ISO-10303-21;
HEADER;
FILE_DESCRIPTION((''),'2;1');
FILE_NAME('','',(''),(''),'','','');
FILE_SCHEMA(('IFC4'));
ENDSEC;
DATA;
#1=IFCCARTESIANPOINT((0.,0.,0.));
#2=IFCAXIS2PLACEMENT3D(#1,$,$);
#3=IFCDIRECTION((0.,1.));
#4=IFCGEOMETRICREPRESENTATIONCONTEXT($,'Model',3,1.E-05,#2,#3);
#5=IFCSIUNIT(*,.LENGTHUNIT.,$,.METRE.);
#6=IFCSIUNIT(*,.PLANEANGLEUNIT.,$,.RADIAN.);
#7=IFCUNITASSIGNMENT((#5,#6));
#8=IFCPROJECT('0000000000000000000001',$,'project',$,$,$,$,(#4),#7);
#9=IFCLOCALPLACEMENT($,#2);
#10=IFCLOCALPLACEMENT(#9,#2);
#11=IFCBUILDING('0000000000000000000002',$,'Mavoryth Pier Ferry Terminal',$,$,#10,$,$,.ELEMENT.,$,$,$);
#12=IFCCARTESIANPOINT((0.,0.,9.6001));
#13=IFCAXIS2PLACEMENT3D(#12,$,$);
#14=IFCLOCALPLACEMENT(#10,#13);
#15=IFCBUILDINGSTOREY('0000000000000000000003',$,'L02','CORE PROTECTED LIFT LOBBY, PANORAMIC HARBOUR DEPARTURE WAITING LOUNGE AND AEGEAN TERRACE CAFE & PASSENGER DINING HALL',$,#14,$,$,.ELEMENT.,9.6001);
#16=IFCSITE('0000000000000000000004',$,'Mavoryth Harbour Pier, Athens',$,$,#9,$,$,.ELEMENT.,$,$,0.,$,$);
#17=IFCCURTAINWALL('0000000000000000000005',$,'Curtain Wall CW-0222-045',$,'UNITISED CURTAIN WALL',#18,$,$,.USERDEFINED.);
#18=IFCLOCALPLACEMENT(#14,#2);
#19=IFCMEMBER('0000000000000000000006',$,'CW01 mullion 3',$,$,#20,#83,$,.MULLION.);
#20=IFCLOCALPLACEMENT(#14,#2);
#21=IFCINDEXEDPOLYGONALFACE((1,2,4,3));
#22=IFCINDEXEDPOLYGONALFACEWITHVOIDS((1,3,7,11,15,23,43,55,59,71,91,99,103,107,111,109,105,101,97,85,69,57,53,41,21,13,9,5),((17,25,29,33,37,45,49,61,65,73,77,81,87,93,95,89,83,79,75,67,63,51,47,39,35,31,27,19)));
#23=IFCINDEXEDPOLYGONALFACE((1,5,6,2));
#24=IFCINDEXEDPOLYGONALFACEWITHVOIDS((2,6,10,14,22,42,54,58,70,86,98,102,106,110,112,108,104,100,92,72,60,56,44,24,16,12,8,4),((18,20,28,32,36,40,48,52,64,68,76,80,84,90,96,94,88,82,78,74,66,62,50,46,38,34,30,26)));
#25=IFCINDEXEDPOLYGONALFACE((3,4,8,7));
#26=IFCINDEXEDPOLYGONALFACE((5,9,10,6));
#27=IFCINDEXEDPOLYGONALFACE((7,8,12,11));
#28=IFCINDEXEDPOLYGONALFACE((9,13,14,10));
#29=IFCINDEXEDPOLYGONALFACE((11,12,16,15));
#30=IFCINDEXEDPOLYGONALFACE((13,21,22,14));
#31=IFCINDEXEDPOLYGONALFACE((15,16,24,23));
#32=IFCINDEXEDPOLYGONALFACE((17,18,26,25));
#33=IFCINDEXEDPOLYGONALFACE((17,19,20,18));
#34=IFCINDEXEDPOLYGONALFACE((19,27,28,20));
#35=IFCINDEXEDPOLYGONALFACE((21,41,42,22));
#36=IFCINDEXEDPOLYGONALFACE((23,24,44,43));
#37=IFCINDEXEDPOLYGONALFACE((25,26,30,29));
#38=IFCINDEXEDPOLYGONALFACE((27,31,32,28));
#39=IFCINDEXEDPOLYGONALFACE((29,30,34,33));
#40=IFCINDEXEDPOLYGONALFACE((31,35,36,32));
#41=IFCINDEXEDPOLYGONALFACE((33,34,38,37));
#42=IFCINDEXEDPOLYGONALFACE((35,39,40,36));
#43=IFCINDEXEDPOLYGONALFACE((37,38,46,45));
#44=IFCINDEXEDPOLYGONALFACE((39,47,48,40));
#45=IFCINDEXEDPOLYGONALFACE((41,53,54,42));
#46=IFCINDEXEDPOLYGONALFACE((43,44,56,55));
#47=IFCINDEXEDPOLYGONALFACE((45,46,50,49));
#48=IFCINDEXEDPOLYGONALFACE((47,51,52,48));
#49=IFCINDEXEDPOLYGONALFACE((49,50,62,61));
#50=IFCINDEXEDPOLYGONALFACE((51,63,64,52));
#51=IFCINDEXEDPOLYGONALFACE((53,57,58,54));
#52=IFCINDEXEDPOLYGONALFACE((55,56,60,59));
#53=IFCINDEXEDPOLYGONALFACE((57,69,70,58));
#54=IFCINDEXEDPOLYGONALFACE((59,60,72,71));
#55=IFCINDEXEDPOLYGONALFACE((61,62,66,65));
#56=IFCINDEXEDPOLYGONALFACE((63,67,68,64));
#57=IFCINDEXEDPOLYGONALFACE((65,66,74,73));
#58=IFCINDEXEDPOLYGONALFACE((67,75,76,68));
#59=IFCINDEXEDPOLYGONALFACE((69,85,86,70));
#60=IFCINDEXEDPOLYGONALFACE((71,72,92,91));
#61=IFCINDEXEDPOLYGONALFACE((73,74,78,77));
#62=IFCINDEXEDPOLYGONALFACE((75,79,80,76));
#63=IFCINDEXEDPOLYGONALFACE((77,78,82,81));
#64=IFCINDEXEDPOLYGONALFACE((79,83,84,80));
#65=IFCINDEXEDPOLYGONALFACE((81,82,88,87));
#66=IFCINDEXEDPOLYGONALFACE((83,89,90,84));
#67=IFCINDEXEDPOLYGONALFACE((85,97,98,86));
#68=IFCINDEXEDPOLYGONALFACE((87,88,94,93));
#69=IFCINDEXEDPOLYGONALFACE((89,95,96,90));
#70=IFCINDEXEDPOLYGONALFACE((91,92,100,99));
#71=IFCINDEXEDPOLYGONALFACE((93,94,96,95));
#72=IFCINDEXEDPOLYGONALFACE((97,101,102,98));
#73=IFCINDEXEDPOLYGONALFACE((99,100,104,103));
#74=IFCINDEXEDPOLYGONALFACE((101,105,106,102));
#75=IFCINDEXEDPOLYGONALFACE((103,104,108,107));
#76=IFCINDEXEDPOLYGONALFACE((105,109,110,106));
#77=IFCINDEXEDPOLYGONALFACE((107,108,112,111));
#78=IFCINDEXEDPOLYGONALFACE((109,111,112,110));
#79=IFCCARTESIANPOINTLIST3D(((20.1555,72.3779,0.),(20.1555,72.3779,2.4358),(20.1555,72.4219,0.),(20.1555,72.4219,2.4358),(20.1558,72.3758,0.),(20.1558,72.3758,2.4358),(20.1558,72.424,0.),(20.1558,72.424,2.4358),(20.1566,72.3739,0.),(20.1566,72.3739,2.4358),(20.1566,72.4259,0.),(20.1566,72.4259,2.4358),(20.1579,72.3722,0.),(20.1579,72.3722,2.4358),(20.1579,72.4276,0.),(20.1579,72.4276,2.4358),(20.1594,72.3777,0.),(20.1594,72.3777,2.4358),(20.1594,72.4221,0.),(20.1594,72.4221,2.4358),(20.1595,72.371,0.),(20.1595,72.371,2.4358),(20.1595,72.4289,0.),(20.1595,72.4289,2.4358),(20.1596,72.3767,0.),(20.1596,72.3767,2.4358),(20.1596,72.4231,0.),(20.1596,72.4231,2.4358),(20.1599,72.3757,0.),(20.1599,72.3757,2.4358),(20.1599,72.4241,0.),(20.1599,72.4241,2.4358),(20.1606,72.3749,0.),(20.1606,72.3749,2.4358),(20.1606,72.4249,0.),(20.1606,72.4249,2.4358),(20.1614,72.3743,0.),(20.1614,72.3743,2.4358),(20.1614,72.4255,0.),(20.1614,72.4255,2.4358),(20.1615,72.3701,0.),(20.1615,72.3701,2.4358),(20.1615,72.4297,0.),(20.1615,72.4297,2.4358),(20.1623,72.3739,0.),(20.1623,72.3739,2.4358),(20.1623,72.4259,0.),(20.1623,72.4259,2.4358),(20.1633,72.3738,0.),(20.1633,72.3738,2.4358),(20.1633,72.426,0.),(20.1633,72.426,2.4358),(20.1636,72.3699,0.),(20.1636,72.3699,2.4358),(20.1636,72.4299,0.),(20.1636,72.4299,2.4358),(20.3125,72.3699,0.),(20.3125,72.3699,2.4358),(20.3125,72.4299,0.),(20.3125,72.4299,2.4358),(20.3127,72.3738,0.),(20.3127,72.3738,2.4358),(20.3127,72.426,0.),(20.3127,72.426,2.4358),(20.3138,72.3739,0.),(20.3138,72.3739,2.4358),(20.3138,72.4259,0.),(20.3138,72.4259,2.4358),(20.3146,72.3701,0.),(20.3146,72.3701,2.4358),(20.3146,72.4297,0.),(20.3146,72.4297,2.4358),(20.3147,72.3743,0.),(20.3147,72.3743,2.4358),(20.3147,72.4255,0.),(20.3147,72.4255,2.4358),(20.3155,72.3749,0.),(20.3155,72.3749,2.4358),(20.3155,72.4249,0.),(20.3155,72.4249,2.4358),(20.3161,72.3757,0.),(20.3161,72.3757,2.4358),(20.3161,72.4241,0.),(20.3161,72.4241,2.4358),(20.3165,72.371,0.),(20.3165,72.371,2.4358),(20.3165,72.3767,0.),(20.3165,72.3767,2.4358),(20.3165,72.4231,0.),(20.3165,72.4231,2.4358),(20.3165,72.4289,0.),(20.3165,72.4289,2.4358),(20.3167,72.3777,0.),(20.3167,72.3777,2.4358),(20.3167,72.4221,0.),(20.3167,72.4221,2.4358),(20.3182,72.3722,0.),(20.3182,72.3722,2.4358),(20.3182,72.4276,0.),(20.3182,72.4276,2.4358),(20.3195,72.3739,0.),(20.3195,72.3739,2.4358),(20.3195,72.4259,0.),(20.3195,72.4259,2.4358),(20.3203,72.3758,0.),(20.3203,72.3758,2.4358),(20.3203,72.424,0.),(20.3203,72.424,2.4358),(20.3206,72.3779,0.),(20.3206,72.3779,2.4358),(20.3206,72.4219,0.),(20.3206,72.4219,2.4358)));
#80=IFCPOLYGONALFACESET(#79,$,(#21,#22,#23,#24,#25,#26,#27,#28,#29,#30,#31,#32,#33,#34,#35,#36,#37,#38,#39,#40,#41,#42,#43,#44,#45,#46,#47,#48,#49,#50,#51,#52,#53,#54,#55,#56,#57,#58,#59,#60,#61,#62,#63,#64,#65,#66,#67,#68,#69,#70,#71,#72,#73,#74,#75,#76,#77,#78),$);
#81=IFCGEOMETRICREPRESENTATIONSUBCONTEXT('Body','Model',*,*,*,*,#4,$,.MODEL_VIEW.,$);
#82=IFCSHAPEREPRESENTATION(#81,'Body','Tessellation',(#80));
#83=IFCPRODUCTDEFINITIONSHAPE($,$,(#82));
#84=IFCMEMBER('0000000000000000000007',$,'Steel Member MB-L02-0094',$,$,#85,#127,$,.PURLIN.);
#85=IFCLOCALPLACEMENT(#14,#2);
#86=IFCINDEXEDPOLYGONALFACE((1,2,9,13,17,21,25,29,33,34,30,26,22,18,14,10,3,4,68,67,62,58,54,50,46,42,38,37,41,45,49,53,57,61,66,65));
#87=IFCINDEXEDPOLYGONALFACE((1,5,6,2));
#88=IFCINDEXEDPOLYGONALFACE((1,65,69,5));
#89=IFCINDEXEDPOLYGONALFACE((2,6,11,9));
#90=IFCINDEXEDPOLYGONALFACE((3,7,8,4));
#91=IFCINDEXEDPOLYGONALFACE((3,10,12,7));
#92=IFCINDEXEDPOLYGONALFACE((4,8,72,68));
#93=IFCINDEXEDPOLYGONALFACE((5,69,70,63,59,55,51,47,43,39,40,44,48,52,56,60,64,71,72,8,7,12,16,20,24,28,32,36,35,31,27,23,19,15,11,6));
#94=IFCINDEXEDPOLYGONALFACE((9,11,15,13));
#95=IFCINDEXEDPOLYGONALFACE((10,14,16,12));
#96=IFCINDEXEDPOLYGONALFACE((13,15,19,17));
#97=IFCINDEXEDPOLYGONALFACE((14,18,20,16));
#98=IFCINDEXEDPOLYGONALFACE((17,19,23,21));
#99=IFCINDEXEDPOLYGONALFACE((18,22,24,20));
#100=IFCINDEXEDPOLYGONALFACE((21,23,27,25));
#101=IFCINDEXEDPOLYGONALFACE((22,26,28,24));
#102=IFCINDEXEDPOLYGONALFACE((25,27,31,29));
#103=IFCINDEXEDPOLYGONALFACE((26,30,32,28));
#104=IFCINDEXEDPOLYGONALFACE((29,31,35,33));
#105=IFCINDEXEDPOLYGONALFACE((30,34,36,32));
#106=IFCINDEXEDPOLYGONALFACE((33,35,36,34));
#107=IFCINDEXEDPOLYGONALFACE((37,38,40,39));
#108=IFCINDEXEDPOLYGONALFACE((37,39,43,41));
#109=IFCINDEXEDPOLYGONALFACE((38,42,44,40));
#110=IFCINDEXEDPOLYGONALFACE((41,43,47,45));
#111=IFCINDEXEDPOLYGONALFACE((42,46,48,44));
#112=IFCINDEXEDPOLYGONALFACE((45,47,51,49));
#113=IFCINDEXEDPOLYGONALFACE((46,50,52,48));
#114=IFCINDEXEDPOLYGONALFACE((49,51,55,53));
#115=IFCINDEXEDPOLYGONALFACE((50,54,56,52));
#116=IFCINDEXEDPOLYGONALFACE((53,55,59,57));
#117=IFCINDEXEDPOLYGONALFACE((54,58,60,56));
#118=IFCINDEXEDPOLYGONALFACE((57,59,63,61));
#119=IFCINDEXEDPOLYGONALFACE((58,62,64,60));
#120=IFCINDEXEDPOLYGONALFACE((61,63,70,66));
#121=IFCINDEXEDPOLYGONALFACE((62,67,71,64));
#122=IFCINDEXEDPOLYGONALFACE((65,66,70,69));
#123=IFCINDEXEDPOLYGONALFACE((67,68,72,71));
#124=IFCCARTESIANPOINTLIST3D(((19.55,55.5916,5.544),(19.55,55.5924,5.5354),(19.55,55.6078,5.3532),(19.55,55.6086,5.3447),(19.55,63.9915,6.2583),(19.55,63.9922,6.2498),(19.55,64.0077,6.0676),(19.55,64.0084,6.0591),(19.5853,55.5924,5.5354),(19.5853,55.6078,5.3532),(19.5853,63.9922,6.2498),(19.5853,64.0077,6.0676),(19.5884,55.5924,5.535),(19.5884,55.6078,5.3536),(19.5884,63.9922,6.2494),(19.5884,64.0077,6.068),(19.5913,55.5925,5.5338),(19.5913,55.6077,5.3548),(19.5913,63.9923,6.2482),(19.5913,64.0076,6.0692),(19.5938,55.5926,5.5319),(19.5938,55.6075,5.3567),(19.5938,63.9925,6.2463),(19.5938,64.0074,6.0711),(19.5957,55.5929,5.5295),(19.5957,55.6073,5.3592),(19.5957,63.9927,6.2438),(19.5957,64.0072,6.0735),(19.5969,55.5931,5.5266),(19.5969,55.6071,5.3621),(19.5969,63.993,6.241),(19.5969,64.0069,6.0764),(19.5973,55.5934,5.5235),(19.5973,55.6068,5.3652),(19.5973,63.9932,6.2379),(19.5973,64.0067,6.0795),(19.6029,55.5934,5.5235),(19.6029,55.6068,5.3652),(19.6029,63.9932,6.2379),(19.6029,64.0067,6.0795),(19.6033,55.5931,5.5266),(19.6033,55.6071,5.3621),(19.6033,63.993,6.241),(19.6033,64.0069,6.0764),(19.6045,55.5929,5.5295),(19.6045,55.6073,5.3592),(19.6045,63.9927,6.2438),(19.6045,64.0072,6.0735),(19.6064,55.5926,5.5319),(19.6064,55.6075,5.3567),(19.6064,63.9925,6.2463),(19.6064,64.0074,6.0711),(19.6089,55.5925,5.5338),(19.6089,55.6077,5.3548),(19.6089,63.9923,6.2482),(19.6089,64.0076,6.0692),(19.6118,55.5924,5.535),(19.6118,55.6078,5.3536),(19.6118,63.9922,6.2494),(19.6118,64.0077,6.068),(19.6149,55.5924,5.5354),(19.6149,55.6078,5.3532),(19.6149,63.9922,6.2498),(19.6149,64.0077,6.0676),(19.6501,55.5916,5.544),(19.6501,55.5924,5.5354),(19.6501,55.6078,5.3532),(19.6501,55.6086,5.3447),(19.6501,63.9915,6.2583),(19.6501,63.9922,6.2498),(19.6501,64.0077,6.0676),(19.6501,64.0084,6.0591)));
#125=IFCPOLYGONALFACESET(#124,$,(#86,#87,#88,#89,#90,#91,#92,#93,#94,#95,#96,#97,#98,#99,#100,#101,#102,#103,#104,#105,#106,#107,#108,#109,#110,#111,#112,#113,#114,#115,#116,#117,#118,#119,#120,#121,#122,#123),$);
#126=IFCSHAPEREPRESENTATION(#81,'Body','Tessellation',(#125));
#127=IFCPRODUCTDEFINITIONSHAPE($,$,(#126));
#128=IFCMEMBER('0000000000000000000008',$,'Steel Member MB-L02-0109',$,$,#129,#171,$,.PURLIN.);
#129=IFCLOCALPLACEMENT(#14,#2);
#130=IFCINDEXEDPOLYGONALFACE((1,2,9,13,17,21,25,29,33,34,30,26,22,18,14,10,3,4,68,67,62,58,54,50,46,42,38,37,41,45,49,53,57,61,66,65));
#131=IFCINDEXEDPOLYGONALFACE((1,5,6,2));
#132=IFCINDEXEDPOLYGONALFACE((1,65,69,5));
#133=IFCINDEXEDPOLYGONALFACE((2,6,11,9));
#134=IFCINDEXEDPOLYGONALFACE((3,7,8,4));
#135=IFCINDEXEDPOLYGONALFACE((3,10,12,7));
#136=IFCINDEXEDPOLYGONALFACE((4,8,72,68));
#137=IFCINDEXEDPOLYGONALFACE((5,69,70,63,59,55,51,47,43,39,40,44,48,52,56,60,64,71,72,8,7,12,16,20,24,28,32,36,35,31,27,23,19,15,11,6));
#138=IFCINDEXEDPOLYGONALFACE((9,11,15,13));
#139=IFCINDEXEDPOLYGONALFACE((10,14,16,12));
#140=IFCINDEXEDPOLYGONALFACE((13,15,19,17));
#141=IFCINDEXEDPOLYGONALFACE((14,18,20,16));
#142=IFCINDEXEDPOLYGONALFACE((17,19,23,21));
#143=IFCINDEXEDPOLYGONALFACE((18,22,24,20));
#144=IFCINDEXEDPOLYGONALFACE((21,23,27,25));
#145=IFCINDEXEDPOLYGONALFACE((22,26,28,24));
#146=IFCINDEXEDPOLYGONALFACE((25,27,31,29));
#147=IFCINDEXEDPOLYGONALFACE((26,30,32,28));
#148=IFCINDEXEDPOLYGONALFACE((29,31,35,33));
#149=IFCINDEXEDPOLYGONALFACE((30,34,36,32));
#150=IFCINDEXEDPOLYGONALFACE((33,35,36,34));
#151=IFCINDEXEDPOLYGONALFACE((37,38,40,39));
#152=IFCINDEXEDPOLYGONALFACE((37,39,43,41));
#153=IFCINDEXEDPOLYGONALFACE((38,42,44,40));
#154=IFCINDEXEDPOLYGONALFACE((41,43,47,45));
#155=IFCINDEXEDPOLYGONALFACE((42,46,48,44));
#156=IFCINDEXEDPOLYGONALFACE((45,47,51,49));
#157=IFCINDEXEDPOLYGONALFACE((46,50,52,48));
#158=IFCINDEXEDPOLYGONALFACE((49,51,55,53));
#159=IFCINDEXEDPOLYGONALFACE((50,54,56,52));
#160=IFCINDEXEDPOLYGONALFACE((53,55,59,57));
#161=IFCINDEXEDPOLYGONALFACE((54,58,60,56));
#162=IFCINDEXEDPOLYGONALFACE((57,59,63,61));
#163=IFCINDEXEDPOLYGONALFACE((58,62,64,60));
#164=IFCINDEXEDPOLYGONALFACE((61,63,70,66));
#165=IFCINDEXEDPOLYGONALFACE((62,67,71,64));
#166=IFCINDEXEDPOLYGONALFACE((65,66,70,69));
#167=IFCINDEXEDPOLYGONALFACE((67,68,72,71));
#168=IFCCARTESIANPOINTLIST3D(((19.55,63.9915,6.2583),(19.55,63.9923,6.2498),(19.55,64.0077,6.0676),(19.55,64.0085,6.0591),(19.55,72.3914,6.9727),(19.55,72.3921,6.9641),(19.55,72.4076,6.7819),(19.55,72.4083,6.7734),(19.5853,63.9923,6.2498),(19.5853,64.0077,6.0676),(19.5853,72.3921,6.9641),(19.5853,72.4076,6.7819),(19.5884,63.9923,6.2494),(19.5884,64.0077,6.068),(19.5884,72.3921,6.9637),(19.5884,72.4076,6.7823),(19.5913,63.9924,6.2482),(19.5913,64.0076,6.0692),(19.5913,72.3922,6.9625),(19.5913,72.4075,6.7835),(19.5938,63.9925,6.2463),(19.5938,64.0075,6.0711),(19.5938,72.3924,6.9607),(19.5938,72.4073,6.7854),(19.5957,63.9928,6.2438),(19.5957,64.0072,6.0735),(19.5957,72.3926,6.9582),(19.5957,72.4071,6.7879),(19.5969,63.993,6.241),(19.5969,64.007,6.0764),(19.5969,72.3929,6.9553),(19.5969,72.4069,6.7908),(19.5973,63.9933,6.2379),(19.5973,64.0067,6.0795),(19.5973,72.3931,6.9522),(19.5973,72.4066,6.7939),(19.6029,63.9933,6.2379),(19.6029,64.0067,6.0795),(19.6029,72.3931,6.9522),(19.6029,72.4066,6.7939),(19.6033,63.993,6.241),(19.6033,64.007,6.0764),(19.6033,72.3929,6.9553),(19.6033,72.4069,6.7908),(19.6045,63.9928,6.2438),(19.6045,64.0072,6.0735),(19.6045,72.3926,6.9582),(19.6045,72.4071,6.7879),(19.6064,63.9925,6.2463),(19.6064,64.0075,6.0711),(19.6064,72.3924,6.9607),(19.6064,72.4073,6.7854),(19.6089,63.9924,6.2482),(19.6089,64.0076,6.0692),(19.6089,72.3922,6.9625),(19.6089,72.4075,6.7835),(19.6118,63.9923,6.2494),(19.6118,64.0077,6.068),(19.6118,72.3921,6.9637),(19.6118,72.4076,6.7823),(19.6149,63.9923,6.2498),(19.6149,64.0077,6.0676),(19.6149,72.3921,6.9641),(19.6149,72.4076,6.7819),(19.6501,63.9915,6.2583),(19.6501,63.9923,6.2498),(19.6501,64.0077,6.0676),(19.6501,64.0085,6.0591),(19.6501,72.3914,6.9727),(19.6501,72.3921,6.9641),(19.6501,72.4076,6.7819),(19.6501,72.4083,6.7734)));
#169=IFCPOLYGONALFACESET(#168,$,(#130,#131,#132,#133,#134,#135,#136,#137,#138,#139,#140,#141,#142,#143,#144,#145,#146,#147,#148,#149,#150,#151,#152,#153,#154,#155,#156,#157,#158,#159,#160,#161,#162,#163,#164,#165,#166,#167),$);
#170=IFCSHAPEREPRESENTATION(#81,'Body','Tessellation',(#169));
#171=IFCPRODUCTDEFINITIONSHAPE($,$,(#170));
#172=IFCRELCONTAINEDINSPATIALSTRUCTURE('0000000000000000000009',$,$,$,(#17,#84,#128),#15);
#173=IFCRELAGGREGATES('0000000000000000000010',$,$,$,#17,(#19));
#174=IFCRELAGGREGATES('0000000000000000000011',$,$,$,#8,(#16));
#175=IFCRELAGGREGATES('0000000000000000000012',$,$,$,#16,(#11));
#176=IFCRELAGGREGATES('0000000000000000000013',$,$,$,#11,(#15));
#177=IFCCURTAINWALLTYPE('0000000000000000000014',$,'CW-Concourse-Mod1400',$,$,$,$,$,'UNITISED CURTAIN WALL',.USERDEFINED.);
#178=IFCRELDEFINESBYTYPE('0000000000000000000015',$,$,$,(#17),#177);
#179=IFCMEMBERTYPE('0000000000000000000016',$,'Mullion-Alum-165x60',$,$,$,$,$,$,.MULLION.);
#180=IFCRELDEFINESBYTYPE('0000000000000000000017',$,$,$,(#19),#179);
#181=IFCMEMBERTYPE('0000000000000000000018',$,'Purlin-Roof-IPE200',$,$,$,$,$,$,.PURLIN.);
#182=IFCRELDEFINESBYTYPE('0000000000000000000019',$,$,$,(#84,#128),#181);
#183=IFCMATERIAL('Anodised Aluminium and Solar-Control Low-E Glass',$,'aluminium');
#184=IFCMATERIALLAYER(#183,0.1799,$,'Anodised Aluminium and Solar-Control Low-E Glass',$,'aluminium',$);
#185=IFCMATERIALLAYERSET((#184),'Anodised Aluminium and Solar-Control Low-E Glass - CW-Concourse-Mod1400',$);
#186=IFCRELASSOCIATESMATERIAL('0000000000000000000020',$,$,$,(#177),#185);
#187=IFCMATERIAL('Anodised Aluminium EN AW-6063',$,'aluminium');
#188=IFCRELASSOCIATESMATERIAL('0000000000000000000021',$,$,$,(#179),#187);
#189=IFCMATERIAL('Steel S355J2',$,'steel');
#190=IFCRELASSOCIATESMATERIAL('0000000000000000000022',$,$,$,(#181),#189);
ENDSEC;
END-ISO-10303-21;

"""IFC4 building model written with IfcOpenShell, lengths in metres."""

from ifc_helpers import new_model, si_unit, direction, frame, origin, origin_2d, place, context, subcontext, project, spatial, hollow_rectangle, i_section, extrude, material, layer, layer_set, material_profile, profile_set, type_object, element, aggregate, save


model = new_model("IFC4")

# Units and contexts
model_context = context("Model", 3, precision=1e-05, world=origin(), true_north=direction((0.0, 1.0)))
body_context = subcontext(model_context, "Body", "Model", "MODEL_VIEW")
ifc_project = project(units=[si_unit("LENGTHUNIT", "METRE"), si_unit("PLANEANGLEUNIT", "RADIAN")], contexts=[model_context])

# Site, building, storey
site_placement = place(None, origin())
site = spatial("IfcSite", under=ifc_project, at=site_placement, Name="Mavoryth Harbour Pier, Athens", CompositionType="ELEMENT", RefElevation=0.0)
building_placement = place(site_placement, origin())
building = spatial("IfcBuilding", under=site, at=building_placement, Name="Mavoryth Pier Ferry Terminal", CompositionType="ELEMENT")
storey_placement = place(building_placement, frame((0.0, 0.0, 9.6001)))
storey = spatial("IfcBuildingStorey", under=building, at=storey_placement, Name="L02", Description="CORE PROTECTED LIFT LOBBY, PANORAMIC HARBOUR DEPARTURE WAITING LOUNGE AND AEGEAN TERRACE CAFE & PASSENGER DINING HALL", CompositionType="ELEMENT", Elevation=9.6001)

# Shared definitions
ifc_material_1 = material(Name="Steel S355J2", Category="steel")

# Curtain wall, member
ifc_material_2 = material(Name="Anodised Aluminium and Solar-Control Low-E Glass", Category="aluminium")
ifc_layer_1 = layer(ifc_material_2, 0.1799, Name="Anodised Aluminium and Solar-Control Low-E Glass", Category="aluminium")
ifc_layer_set_1 = layer_set([ifc_layer_1], Name="Anodised Aluminium and Solar-Control Low-E Glass - CW-Concourse-Mod1400")
curtain_wall_type = type_object("IfcCurtainWallType", Name="CW-Concourse-Mod1400", ElementType="UNITISED CURTAIN WALL", PredefinedType="USERDEFINED", material=ifc_layer_set_1)
curtain_wall_placement = place(storey_placement, origin())
curtain_wall = element("IfcCurtainWall", 1, at=curtain_wall_placement, inside=storey, type_object=curtain_wall_type, Name="Curtain Wall CW-0222-045", ObjectType="UNITISED CURTAIN WALL", PredefinedType="USERDEFINED")
ifc_material_3 = material(Name="Anodised Aluminium EN AW-6063", Category="aluminium")
ifc_material_profile_1 = material_profile(ifc_material_3, hollow_rectangle(XDim=0.0601, YDim=0.165, WallThickness=0.0039, InnerFilletRadius=0.0039, OuterFilletRadius=0.0081, at=origin_2d()), Name="AL-MULL 165x60x4", Category="aluminium")
ifc_profile_set_1 = profile_set([ifc_material_profile_1], Name="Anodised Aluminium EN AW-6063 - AL-MULL 165x60x4")
member_type_1 = type_object("IfcMemberType", Name="Mullion-Alum-165x60", PredefinedType="MULLION", material=ifc_profile_set_1)
member_1_placement = place(storey_placement, frame((20.238, 72.3999, 0.0), z_axis=(0.0, 0.0, 1.0), x_axis=(0.0, 1.0, 0.0)))
member_1 = element("IfcMember", 2, at=member_1_placement, type_object=member_type_1, Name="CW01 mullion 3", PredefinedType="MULLION", context=body_context, shape_type="SweptSolid", body=[
    extrude(hollow_rectangle(XDim=0.0601, YDim=0.165, WallThickness=0.0039, InnerFilletRadius=0.0039, OuterFilletRadius=0.0081, at=origin_2d()), origin(), (0.0, 0.0, 1.0), 2.4358),
])

# Members
ifc_material_profile_2 = material_profile(ifc_material_1, i_section(OverallWidth=0.1001, OverallDepth=0.2, WebThickness=0.0056, FlangeThickness=0.0085, FilletRadius=0.012, at=origin_2d()), Name="IPE 200", Category="steel")
ifc_profile_set_2 = profile_set([ifc_material_profile_2], Name="Steel S355J2 - IPE 200")
member_type_2 = type_object("IfcMemberType", Name="Purlin-Roof-IPE200", PredefinedType="PURLIN", material=ifc_profile_set_2)
for number, where, z_axis, x_axis, name in (
    (3, (19.6001, 55.6001, 5.4443), (0.0, 0.996403, 0.084737), (-1.0, 0.0, 0.0), "Steel Member MB-L02-0094"),
    (4, (19.6001, 64.0, 6.1587), (0.0, 0.996403, 0.084737), (-1.0, 0.0, 0.0), "Steel Member MB-L02-0109"),
):
    element("IfcMember", number, at=place(storey_placement, frame(where, z_axis=z_axis, x_axis=x_axis)), inside=storey, type_object=member_type_2, Name=name, PredefinedType="PURLIN", context=body_context, shape_type="SweptSolid", body=[
        extrude(i_section(OverallWidth=0.1001, OverallDepth=0.2, WebThickness=0.0056, FlangeThickness=0.0085, FilletRadius=0.012, at=origin_2d()), origin(), (0.0, 0.0, 1.0), 8.4302),
    ])

aggregate(curtain_wall, [member_1])

save(model, "model.ifc")
